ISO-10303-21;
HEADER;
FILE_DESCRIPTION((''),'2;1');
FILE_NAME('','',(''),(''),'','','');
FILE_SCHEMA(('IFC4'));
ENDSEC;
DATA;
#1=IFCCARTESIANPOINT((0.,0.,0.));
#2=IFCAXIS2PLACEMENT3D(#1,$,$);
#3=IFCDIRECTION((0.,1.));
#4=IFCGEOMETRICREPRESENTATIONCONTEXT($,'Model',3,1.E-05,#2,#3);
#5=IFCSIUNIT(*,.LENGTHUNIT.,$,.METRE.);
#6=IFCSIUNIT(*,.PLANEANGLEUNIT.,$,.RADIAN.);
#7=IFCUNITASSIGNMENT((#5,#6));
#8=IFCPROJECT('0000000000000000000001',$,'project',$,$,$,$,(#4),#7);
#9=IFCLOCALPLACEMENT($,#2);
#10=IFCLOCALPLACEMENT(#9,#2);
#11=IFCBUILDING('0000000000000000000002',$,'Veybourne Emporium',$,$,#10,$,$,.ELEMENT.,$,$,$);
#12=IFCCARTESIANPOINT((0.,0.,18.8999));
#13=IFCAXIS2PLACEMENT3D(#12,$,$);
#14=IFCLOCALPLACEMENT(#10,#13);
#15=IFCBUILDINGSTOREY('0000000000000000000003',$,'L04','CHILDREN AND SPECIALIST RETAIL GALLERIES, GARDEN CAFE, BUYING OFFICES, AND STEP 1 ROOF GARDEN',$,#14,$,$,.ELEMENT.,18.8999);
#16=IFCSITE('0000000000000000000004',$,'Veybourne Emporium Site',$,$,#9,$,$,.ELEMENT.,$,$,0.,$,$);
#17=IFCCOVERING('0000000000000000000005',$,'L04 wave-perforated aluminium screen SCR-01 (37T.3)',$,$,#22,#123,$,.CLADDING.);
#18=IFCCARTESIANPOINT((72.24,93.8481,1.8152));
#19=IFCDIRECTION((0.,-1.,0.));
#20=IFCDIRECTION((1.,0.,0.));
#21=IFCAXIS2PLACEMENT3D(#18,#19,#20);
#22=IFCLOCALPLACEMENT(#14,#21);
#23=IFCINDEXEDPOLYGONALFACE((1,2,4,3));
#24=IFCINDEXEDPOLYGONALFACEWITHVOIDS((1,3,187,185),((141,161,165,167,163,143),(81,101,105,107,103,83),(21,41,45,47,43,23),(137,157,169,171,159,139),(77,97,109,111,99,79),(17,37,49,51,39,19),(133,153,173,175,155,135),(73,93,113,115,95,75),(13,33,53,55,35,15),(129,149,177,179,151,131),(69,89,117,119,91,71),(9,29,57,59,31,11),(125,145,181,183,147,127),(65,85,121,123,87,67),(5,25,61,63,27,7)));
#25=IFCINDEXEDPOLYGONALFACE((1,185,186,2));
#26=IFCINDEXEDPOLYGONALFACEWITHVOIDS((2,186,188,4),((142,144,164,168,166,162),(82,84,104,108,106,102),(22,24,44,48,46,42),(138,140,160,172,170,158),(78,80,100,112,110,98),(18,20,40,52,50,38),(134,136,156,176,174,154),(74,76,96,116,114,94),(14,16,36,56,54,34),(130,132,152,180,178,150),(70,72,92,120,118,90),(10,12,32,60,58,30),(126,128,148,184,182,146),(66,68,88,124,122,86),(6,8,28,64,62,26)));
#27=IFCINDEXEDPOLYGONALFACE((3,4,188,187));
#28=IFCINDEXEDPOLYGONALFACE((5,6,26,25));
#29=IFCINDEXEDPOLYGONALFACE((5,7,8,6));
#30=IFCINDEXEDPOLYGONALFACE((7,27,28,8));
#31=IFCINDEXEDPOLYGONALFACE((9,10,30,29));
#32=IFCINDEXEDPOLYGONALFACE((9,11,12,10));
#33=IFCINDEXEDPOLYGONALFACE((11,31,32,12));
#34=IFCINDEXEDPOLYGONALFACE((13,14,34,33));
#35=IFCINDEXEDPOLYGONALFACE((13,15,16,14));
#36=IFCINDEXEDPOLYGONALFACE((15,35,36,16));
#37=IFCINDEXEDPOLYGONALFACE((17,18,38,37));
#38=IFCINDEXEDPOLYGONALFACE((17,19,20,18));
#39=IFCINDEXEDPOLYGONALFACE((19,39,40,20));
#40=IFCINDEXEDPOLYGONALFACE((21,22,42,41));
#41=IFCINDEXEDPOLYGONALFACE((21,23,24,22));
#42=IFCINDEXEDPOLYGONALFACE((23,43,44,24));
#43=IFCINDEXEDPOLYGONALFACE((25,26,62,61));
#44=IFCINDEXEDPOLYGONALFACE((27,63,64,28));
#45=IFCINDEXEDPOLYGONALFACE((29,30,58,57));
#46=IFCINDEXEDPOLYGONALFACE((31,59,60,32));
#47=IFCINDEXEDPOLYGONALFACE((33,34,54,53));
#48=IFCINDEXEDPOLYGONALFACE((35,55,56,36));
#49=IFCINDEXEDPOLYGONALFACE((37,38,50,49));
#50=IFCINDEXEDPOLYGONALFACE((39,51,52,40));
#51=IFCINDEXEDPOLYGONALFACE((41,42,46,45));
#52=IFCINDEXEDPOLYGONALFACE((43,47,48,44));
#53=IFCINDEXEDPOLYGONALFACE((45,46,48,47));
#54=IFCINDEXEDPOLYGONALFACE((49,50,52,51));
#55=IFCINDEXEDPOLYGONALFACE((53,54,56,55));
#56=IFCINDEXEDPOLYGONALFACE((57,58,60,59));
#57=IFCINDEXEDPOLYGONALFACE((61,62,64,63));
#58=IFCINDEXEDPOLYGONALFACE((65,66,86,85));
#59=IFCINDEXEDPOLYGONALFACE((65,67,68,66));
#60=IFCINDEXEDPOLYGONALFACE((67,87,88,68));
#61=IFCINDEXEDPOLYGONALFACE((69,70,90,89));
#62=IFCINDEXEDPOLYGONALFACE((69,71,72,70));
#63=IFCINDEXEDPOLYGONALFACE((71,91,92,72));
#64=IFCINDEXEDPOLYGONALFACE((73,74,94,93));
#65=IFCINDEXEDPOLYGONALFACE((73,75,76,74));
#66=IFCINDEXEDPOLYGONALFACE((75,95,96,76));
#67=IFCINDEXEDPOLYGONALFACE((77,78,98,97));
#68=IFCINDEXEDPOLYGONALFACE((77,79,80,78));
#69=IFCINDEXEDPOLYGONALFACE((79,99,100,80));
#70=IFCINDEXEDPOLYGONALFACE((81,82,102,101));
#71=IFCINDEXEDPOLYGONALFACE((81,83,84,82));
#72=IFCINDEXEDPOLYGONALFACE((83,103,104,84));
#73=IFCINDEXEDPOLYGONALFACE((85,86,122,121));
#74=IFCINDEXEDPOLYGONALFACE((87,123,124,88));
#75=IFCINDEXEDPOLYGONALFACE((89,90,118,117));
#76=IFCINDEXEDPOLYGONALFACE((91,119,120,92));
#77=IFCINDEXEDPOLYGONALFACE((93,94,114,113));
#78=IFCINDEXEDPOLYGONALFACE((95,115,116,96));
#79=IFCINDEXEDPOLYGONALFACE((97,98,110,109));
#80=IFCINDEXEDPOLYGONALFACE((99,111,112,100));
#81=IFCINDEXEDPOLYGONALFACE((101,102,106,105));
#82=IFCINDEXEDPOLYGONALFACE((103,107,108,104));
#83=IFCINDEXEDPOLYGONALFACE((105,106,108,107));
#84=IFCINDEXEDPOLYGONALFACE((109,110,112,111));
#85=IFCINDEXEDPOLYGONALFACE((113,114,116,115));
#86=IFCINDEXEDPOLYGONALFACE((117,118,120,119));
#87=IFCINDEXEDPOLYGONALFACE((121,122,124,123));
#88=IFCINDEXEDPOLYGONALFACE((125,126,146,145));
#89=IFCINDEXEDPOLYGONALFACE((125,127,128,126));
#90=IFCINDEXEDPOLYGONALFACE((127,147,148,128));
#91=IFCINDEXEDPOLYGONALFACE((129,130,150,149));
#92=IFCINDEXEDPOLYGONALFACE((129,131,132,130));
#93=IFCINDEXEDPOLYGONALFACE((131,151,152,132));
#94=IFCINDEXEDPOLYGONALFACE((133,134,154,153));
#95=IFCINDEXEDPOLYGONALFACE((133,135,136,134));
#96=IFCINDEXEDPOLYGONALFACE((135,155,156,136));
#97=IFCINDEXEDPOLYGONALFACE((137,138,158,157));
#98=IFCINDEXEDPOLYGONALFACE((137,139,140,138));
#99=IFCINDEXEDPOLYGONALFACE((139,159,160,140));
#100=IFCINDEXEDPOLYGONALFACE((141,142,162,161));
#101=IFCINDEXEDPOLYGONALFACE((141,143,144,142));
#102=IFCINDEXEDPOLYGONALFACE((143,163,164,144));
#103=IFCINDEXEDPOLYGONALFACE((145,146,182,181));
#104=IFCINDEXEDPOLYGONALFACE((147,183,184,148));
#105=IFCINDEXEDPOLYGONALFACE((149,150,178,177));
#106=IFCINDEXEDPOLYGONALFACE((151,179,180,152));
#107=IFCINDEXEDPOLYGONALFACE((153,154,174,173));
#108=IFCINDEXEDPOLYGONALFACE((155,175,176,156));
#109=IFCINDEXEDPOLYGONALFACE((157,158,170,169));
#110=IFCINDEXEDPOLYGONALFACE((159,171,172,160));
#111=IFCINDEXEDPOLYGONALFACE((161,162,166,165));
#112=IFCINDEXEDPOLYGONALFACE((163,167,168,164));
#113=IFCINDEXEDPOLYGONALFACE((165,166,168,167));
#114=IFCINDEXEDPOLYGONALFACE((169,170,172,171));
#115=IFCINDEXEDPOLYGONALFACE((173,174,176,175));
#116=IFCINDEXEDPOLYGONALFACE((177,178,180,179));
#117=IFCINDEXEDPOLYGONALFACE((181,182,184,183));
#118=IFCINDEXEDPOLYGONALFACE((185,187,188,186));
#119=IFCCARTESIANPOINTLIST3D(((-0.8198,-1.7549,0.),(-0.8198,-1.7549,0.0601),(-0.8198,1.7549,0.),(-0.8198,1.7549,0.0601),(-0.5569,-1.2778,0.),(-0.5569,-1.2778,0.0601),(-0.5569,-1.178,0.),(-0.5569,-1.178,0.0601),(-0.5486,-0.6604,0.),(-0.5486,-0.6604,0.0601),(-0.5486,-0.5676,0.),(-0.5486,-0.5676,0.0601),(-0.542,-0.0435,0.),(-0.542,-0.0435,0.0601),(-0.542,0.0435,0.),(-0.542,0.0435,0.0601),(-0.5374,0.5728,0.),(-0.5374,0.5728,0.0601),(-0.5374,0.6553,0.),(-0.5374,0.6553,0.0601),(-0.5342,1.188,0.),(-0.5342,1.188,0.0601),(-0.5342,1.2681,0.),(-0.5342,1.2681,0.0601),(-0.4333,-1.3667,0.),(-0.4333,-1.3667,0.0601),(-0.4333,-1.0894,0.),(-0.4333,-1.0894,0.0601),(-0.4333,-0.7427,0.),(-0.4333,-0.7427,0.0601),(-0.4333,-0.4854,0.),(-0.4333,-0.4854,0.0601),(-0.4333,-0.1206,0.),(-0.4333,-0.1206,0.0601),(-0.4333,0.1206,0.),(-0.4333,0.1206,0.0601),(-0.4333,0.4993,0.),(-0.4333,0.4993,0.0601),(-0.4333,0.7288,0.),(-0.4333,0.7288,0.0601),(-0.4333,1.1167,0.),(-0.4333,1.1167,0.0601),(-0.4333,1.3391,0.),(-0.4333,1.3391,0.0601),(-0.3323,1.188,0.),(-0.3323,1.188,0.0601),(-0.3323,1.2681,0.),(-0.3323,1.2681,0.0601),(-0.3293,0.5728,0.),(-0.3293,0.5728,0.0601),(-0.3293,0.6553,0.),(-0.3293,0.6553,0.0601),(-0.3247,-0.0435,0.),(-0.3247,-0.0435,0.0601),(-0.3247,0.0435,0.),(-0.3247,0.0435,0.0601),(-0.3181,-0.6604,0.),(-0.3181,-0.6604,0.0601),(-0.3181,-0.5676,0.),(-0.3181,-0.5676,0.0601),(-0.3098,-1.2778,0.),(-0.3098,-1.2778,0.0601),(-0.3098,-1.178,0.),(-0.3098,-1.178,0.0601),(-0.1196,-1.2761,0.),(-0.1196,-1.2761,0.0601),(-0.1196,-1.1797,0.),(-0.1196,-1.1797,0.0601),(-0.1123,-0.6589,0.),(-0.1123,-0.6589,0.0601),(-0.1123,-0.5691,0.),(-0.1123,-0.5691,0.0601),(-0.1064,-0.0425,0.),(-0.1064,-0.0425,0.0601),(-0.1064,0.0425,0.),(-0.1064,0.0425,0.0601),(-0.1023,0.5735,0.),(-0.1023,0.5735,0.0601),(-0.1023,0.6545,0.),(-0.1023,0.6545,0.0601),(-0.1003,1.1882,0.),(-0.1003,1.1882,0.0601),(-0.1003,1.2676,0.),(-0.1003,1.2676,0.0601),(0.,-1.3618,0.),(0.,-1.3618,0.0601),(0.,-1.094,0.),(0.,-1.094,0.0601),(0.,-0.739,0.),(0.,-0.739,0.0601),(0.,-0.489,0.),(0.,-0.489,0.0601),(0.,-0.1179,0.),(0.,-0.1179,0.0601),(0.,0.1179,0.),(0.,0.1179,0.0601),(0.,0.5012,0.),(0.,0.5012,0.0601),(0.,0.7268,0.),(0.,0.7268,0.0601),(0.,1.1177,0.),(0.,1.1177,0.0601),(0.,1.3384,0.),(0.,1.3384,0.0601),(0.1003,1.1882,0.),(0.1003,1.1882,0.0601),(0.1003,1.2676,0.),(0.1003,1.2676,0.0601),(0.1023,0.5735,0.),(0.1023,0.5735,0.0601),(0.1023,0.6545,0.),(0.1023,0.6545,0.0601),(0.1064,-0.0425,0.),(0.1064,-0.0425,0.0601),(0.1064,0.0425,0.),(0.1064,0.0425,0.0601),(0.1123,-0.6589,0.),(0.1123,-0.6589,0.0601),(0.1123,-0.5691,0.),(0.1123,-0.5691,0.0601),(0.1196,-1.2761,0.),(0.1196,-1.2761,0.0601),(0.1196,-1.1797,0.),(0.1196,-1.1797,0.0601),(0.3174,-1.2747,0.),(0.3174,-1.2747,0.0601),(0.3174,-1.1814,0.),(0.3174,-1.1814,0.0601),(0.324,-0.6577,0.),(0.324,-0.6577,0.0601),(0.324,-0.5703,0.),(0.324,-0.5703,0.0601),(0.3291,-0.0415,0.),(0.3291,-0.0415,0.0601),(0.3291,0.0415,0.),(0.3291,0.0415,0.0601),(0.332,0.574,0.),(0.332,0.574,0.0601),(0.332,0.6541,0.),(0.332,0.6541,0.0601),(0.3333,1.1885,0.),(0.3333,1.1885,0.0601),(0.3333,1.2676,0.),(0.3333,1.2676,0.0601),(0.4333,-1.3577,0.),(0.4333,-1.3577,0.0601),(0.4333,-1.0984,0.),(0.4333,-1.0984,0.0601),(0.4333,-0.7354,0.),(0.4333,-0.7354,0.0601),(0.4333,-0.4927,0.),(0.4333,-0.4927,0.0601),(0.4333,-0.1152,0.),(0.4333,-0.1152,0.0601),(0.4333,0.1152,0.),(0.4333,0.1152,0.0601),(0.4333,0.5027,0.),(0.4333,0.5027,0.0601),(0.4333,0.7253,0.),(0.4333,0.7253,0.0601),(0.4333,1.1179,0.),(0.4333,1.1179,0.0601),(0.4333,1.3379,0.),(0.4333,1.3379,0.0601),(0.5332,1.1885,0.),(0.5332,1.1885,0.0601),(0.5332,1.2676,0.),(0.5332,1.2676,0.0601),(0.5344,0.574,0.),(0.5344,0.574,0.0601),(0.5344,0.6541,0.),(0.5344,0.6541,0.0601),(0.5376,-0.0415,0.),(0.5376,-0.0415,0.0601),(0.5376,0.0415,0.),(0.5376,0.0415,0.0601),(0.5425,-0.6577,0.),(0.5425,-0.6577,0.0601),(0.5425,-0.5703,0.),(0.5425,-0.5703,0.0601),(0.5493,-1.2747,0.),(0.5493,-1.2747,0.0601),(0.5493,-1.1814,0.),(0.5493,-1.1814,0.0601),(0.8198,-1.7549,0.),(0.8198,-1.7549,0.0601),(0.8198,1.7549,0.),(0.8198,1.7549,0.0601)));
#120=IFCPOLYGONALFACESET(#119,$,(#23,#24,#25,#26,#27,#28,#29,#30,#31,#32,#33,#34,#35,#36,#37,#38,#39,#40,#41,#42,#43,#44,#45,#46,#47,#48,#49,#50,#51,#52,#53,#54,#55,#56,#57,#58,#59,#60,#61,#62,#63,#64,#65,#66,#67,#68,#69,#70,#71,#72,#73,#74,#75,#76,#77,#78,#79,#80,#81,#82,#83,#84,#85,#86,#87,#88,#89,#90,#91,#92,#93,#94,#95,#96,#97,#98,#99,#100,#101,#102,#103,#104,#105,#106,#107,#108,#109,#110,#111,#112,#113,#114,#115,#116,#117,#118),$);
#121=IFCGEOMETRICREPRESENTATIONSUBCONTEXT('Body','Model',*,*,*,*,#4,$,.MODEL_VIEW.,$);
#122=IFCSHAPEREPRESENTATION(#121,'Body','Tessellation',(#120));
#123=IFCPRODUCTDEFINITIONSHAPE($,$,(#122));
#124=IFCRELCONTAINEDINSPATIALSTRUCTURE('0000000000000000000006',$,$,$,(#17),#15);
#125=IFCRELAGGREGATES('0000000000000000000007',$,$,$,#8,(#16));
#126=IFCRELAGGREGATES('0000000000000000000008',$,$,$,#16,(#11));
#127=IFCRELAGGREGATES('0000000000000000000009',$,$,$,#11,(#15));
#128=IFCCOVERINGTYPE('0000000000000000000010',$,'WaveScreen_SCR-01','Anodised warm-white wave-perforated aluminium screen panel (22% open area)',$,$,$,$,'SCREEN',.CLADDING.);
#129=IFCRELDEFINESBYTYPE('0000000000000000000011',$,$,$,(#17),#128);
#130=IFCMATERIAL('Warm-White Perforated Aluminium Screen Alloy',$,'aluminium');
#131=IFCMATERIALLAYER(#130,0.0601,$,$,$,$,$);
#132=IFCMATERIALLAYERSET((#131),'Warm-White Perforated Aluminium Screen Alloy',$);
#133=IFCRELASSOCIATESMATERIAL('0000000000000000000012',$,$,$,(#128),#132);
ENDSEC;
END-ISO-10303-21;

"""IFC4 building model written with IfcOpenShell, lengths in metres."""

from ifc_helpers import new_model, si_unit, direction, frame, origin, place, context, subcontext, project, spatial, polyline, outline, extrude, material, layer, layer_set, type_object, element, save


model = new_model("IFC4")

# Units and contexts
model_context = context("Model", 3, precision=1e-05, world=origin(), true_north=direction((0.0, 1.0)))
body_context = subcontext(model_context, "Body", "Model", "MODEL_VIEW")
ifc_project = project(units=[si_unit("LENGTHUNIT", "METRE"), si_unit("PLANEANGLEUNIT", "RADIAN")], contexts=[model_context])

# Site, building, storey
site_placement = place(None, origin())
site = spatial("IfcSite", under=ifc_project, at=site_placement, Name="Veybourne Emporium Site", CompositionType="ELEMENT", RefElevation=0.0)
building_placement = place(site_placement, origin())
building = spatial("IfcBuilding", under=site, at=building_placement, Name="Veybourne Emporium", CompositionType="ELEMENT")
storey_placement = place(building_placement, frame((0.0, 0.0, 18.8999)))
storey = spatial("IfcBuildingStorey", under=building, at=storey_placement, Name="L04", Description="CHILDREN AND SPECIALIST RETAIL GALLERIES, GARDEN CAFE, BUYING OFFICES, AND STEP 1 ROOF GARDEN", CompositionType="ELEMENT", Elevation=18.8999)

# Covering
ifc_material_1 = material(Name="Warm-White Perforated Aluminium Screen Alloy", Category="aluminium")
ifc_layer_1 = layer(ifc_material_1, 0.0601)
ifc_layer_set_1 = layer_set([ifc_layer_1], Name="Warm-White Perforated Aluminium Screen Alloy")
covering_type_1 = type_object("IfcCoveringType", Name="WaveScreen_SCR-01", Description="Anodised warm-white wave-perforated aluminium screen panel (22% open area)", ElementType="SCREEN", PredefinedType="CLADDING", material=ifc_layer_set_1)
covering_1_placement = place(storey_placement, frame((72.24, 93.8481, 1.8152), z_axis=(0.0, -1.0, 0.0), x_axis=(1.0, 0.0, 0.0)))
element("IfcCovering", 1, at=covering_1_placement, inside=storey, type_object=covering_type_1, Name="L04 wave-perforated aluminium screen SCR-01 (37T.3)", PredefinedType="CLADDING", context=body_context, shape_type="SweptSolid", body=[
    extrude(outline(polyline([(-0.8198, -1.7549), (0.8198, -1.7549), (0.8198, 1.7549), (-0.8198, 1.7549), (-0.8198, -1.7549)]), holes=[polyline([(-0.4333, -1.0894), (-0.3098, -1.178), (-0.3098, -1.2778), (-0.4333, -1.3667), (-0.5569, -1.2778), (-0.5569, -1.178), (-0.4333, -1.0894)]), polyline([(-0.4333, -0.4854), (-0.3181, -0.5676), (-0.3181, -0.6604), (-0.4333, -0.7427), (-0.5486, -0.6604), (-0.5486, -0.5676), (-0.4333, -0.4854)]), polyline([(-0.4333, 0.1206), (-0.3247, 0.0435), (-0.3247, -0.0435), (-0.4333, -0.1206), (-0.542, -0.0435), (-0.542, 0.0435), (-0.4333, 0.1206)]), polyline([(-0.4333, 0.7288), (-0.3293, 0.6553), (-0.3293, 0.5728), (-0.4333, 0.4993), (-0.5374, 0.5728), (-0.5374, 0.6553), (-0.4333, 0.7288)]), polyline([(-0.4333, 1.3391), (-0.3323, 1.2681), (-0.3323, 1.188), (-0.4333, 1.1167), (-0.5342, 1.188), (-0.5342, 1.2681), (-0.4333, 1.3391)]), polyline([(0.0, -1.094), (0.1196, -1.1797), (0.1196, -1.2761), (0.0, -1.3618), (-0.1196, -1.2761), (-0.1196, -1.1797), (0.0, -1.094)]), polyline([(0.0, -0.489), (0.1123, -0.5691), (0.1123, -0.6589), (0.0, -0.739), (-0.1123, -0.6589), (-0.1123, -0.5691), (0.0, -0.489)]), polyline([(0.0, 0.1179), (0.1064, 0.0425), (0.1064, -0.0425), (0.0, -0.1179), (-0.1064, -0.0425), (-0.1064, 0.0425), (0.0, 0.1179)]), polyline([(0.0, 0.7268), (0.1023, 0.6545), (0.1023, 0.5735), (0.0, 0.5012), (-0.1023, 0.5735), (-0.1023, 0.6545), (0.0, 0.7268)]), polyline([(0.0, 1.3384), (0.1003, 1.2676), (0.1003, 1.1882), (0.0, 1.1177), (-0.1003, 1.1882), (-0.1003, 1.2676), (0.0, 1.3384)]), polyline([(0.4333, -1.0984), (0.5493, -1.1814), (0.5493, -1.2747), (0.4333, -1.3577), (0.3174, -1.2747), (0.3174, -1.1814), (0.4333, -1.0984)]), polyline([(0.4333, -0.4927), (0.5425, -0.5703), (0.5425, -0.6577), (0.4333, -0.7354), (0.324, -0.6577), (0.324, -0.5703), (0.4333, -0.4927)]), polyline([(0.4333, 0.1152), (0.5376, 0.0415), (0.5376, -0.0415), (0.4333, -0.1152), (0.3291, -0.0415), (0.3291, 0.0415), (0.4333, 0.1152)]), polyline([(0.4333, 0.7253), (0.5344, 0.6541), (0.5344, 0.574), (0.4333, 0.5027), (0.332, 0.574), (0.332, 0.6541), (0.4333, 0.7253)]), polyline([(0.4333, 1.3379), (0.5332, 1.2676), (0.5332, 1.1885), (0.4333, 1.1179), (0.3333, 1.1885), (0.3333, 1.2676), (0.4333, 1.3379)])]), origin(), (0.0, 0.0, 1.0), 0.0601),
])

save(model, "model.ifc")
